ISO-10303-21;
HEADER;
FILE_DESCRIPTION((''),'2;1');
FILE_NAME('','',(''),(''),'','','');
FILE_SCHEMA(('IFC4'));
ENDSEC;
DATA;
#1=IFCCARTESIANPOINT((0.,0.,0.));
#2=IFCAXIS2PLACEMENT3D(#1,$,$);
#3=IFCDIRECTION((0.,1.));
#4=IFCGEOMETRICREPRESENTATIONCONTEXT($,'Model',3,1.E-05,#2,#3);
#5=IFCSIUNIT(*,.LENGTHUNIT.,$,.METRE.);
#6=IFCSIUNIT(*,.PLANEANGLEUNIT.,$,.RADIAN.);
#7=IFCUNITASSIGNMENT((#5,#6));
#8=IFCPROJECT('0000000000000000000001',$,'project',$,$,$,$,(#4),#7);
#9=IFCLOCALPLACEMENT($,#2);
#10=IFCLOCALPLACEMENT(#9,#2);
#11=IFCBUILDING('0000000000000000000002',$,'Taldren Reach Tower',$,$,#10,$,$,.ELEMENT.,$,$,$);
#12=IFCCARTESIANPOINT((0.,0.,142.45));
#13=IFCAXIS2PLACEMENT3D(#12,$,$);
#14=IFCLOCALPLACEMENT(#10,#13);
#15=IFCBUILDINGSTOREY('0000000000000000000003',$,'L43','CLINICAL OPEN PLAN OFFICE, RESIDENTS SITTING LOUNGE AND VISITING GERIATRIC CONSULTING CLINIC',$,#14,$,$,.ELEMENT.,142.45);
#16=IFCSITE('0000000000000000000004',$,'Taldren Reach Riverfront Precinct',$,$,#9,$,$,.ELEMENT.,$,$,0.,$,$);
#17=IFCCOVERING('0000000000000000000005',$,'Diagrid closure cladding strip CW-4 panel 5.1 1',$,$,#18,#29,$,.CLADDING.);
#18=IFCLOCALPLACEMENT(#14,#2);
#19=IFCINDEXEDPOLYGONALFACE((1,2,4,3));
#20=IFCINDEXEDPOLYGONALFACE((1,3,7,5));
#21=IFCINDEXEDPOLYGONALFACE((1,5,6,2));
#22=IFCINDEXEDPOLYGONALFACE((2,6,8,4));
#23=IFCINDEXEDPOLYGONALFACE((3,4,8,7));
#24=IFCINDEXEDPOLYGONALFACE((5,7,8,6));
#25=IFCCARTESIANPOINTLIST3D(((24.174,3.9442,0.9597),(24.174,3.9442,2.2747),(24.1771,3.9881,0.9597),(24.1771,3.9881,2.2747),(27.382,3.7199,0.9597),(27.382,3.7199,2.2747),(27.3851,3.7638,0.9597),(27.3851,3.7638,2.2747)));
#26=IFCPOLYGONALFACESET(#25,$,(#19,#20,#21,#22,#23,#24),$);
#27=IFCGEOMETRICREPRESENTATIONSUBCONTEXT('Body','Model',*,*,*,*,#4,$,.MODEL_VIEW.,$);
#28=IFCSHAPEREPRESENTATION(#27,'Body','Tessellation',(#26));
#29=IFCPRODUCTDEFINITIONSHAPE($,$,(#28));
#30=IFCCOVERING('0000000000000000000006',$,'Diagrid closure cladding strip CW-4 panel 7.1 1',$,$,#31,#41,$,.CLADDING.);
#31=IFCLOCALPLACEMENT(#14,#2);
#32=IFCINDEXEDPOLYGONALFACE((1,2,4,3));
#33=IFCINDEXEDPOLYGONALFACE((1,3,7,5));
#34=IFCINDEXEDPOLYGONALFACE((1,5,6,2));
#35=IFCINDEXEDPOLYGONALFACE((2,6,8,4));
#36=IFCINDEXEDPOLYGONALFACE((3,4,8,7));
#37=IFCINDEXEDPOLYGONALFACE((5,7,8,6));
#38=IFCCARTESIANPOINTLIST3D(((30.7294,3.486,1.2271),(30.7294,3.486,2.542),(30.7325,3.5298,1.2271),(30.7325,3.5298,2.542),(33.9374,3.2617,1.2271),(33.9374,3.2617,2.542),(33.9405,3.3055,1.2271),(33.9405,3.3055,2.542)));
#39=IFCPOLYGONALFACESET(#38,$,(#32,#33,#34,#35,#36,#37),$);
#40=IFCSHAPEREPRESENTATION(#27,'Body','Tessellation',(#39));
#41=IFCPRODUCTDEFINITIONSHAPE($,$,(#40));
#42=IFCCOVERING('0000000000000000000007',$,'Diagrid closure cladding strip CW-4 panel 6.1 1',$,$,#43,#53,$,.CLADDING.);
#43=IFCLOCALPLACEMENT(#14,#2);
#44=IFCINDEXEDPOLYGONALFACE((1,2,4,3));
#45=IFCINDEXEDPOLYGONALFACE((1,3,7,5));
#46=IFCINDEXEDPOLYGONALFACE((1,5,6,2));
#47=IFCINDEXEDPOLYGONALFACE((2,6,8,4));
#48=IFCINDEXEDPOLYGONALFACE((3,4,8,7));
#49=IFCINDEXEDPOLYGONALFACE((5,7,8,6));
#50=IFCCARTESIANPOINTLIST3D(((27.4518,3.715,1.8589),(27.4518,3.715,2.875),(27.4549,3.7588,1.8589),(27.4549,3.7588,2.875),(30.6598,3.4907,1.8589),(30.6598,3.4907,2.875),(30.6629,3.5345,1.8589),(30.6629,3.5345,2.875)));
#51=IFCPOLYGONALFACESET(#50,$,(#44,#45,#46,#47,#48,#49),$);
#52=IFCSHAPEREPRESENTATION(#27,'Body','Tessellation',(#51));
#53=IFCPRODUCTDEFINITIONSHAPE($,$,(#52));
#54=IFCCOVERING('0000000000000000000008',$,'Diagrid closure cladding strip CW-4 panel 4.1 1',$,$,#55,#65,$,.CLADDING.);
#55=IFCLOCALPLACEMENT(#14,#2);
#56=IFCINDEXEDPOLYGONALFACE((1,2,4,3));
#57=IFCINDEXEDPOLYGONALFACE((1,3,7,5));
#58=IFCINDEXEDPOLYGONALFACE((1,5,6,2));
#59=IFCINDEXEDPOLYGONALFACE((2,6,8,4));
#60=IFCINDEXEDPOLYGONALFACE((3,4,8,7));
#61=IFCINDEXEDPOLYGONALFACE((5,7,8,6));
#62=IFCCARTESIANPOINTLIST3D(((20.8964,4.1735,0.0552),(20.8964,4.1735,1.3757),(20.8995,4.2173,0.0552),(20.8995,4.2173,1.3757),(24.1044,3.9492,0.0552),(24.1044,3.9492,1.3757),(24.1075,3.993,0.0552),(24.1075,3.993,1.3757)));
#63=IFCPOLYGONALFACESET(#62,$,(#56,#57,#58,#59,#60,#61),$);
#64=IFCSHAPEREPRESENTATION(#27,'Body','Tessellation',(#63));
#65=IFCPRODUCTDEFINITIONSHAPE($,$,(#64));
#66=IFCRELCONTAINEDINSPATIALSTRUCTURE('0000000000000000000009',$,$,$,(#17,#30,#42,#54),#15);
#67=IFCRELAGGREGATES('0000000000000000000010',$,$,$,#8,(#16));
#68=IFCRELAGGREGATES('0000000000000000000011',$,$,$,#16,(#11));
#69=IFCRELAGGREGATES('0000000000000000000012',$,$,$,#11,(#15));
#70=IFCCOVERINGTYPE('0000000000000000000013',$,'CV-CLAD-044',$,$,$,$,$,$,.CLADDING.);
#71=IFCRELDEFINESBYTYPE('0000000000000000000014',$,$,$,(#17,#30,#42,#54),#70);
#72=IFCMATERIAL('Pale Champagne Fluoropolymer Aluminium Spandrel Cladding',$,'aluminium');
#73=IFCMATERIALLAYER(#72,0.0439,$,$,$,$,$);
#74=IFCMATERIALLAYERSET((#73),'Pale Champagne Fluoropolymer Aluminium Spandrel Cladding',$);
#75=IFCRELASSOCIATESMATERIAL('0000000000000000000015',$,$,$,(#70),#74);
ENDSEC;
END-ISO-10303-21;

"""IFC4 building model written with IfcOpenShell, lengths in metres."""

from ifc_helpers import new_model, si_unit, direction, frame, origin, origin_2d, place, context, subcontext, project, spatial, rectangle, extrude, source, transform, mapped, material, layer, layer_set, type_object, element, save


model = new_model("IFC4")

# Units and contexts
model_context = context("Model", 3, precision=1e-05, world=origin(), true_north=direction((0.0, 1.0)))
body_context = subcontext(model_context, "Body", "Model", "MODEL_VIEW")
ifc_project = project(units=[si_unit("LENGTHUNIT", "METRE"), si_unit("PLANEANGLEUNIT", "RADIAN")], contexts=[model_context])

# Site, building, storey
site_placement = place(None, origin())
site = spatial("IfcSite", under=ifc_project, at=site_placement, Name="Taldren Reach Riverfront Precinct", CompositionType="ELEMENT", RefElevation=0.0)
building_placement = place(site_placement, origin())
building = spatial("IfcBuilding", under=site, at=building_placement, Name="Taldren Reach Tower", CompositionType="ELEMENT")
storey_placement = place(building_placement, frame((0.0, 0.0, 142.45)))
storey = spatial("IfcBuildingStorey", under=building, at=storey_placement, Name="L43", Description="CLINICAL OPEN PLAN OFFICE, RESIDENTS SITTING LOUNGE AND VISITING GERIATRIC CONSULTING CLINIC", CompositionType="ELEMENT", Elevation=142.45)

# Coverings
ifc_material_1 = material(Name="Pale Champagne Fluoropolymer Aluminium Spandrel Cladding", Category="aluminium")
ifc_layer_1 = layer(ifc_material_1, 0.0439)
ifc_layer_set_1 = layer_set([ifc_layer_1], Name="Pale Champagne Fluoropolymer Aluminium Spandrel Cladding")
covering_type = type_object("IfcCoveringType", Name="CV-CLAD-044", PredefinedType="CLADDING", material=ifc_layer_set_1)
shared_shape_1 = source(origin(), body_context, "Body", "SweptSolid", [
    extrude(rectangle(XDim=3.2158, YDim=0.0439, at=origin_2d()), origin(), (0.0, 0.0, 1.0), 1.3149),
])
for number, where, z_axis, x_axis, name in (
    (1, (25.7795, 3.854, 0.9597), (0.0, 0.0, 1.0), (0.997564, -0.069757, 0.0), "Diagrid closure cladding strip CW-4 panel 5.1 1"),
    (2, (32.335, 3.3958, 1.2271), (0.0, 0.0, 1.0), (0.997564, -0.069757, 0.0), "Diagrid closure cladding strip CW-4 panel 7.1 1"),
):
    element("IfcCovering", number, at=place(storey_placement, frame(where, z_axis=z_axis, x_axis=x_axis)), inside=storey, type_object=covering_type, Name=name, PredefinedType="CLADDING", context=body_context, shape_type="MappedRepresentation", body=[
        mapped(shared_shape_1, transform((0.0, 0.0, 0.0), scale=1.0)),
    ])
shared_shape_2 = source(origin(), body_context, "Body", "SweptSolid", [
    extrude(rectangle(XDim=3.2158, YDim=0.0439, at=origin_2d()), origin(), (0.0, 0.0, 1.0), 1.0161),
])
covering_1_placement = place(storey_placement, frame((29.0574, 3.6248, 1.8589), z_axis=(0.0, 0.0, 1.0), x_axis=(0.997564, -0.069757, 0.0)))
element("IfcCovering", 3, at=covering_1_placement, inside=storey, type_object=covering_type, Name="Diagrid closure cladding strip CW-4 panel 6.1 1", PredefinedType="CLADDING", context=body_context, shape_type="MappedRepresentation", body=[
    mapped(shared_shape_2, transform((0.0, 0.0, 0.0), scale=1.0)),
])
shared_shape_3 = source(origin(), body_context, "Body", "SweptSolid", [
    extrude(rectangle(XDim=3.2158, YDim=0.0439, at=origin_2d()), origin(), (0.0, 0.0, 1.0), 1.3206),
])
covering_2_placement = place(storey_placement, frame((22.502, 4.0833, 0.0552), z_axis=(0.0, 0.0, 1.0), x_axis=(0.997564, -0.069757, 0.0)))
element("IfcCovering", 4, at=covering_2_placement, inside=storey, type_object=covering_type, Name="Diagrid closure cladding strip CW-4 panel 4.1 1", PredefinedType="CLADDING", context=body_context, shape_type="MappedRepresentation", body=[
    mapped(shared_shape_3, transform((0.0, 0.0, 0.0), scale=1.0)),
])

save(model, "model.ifc")
